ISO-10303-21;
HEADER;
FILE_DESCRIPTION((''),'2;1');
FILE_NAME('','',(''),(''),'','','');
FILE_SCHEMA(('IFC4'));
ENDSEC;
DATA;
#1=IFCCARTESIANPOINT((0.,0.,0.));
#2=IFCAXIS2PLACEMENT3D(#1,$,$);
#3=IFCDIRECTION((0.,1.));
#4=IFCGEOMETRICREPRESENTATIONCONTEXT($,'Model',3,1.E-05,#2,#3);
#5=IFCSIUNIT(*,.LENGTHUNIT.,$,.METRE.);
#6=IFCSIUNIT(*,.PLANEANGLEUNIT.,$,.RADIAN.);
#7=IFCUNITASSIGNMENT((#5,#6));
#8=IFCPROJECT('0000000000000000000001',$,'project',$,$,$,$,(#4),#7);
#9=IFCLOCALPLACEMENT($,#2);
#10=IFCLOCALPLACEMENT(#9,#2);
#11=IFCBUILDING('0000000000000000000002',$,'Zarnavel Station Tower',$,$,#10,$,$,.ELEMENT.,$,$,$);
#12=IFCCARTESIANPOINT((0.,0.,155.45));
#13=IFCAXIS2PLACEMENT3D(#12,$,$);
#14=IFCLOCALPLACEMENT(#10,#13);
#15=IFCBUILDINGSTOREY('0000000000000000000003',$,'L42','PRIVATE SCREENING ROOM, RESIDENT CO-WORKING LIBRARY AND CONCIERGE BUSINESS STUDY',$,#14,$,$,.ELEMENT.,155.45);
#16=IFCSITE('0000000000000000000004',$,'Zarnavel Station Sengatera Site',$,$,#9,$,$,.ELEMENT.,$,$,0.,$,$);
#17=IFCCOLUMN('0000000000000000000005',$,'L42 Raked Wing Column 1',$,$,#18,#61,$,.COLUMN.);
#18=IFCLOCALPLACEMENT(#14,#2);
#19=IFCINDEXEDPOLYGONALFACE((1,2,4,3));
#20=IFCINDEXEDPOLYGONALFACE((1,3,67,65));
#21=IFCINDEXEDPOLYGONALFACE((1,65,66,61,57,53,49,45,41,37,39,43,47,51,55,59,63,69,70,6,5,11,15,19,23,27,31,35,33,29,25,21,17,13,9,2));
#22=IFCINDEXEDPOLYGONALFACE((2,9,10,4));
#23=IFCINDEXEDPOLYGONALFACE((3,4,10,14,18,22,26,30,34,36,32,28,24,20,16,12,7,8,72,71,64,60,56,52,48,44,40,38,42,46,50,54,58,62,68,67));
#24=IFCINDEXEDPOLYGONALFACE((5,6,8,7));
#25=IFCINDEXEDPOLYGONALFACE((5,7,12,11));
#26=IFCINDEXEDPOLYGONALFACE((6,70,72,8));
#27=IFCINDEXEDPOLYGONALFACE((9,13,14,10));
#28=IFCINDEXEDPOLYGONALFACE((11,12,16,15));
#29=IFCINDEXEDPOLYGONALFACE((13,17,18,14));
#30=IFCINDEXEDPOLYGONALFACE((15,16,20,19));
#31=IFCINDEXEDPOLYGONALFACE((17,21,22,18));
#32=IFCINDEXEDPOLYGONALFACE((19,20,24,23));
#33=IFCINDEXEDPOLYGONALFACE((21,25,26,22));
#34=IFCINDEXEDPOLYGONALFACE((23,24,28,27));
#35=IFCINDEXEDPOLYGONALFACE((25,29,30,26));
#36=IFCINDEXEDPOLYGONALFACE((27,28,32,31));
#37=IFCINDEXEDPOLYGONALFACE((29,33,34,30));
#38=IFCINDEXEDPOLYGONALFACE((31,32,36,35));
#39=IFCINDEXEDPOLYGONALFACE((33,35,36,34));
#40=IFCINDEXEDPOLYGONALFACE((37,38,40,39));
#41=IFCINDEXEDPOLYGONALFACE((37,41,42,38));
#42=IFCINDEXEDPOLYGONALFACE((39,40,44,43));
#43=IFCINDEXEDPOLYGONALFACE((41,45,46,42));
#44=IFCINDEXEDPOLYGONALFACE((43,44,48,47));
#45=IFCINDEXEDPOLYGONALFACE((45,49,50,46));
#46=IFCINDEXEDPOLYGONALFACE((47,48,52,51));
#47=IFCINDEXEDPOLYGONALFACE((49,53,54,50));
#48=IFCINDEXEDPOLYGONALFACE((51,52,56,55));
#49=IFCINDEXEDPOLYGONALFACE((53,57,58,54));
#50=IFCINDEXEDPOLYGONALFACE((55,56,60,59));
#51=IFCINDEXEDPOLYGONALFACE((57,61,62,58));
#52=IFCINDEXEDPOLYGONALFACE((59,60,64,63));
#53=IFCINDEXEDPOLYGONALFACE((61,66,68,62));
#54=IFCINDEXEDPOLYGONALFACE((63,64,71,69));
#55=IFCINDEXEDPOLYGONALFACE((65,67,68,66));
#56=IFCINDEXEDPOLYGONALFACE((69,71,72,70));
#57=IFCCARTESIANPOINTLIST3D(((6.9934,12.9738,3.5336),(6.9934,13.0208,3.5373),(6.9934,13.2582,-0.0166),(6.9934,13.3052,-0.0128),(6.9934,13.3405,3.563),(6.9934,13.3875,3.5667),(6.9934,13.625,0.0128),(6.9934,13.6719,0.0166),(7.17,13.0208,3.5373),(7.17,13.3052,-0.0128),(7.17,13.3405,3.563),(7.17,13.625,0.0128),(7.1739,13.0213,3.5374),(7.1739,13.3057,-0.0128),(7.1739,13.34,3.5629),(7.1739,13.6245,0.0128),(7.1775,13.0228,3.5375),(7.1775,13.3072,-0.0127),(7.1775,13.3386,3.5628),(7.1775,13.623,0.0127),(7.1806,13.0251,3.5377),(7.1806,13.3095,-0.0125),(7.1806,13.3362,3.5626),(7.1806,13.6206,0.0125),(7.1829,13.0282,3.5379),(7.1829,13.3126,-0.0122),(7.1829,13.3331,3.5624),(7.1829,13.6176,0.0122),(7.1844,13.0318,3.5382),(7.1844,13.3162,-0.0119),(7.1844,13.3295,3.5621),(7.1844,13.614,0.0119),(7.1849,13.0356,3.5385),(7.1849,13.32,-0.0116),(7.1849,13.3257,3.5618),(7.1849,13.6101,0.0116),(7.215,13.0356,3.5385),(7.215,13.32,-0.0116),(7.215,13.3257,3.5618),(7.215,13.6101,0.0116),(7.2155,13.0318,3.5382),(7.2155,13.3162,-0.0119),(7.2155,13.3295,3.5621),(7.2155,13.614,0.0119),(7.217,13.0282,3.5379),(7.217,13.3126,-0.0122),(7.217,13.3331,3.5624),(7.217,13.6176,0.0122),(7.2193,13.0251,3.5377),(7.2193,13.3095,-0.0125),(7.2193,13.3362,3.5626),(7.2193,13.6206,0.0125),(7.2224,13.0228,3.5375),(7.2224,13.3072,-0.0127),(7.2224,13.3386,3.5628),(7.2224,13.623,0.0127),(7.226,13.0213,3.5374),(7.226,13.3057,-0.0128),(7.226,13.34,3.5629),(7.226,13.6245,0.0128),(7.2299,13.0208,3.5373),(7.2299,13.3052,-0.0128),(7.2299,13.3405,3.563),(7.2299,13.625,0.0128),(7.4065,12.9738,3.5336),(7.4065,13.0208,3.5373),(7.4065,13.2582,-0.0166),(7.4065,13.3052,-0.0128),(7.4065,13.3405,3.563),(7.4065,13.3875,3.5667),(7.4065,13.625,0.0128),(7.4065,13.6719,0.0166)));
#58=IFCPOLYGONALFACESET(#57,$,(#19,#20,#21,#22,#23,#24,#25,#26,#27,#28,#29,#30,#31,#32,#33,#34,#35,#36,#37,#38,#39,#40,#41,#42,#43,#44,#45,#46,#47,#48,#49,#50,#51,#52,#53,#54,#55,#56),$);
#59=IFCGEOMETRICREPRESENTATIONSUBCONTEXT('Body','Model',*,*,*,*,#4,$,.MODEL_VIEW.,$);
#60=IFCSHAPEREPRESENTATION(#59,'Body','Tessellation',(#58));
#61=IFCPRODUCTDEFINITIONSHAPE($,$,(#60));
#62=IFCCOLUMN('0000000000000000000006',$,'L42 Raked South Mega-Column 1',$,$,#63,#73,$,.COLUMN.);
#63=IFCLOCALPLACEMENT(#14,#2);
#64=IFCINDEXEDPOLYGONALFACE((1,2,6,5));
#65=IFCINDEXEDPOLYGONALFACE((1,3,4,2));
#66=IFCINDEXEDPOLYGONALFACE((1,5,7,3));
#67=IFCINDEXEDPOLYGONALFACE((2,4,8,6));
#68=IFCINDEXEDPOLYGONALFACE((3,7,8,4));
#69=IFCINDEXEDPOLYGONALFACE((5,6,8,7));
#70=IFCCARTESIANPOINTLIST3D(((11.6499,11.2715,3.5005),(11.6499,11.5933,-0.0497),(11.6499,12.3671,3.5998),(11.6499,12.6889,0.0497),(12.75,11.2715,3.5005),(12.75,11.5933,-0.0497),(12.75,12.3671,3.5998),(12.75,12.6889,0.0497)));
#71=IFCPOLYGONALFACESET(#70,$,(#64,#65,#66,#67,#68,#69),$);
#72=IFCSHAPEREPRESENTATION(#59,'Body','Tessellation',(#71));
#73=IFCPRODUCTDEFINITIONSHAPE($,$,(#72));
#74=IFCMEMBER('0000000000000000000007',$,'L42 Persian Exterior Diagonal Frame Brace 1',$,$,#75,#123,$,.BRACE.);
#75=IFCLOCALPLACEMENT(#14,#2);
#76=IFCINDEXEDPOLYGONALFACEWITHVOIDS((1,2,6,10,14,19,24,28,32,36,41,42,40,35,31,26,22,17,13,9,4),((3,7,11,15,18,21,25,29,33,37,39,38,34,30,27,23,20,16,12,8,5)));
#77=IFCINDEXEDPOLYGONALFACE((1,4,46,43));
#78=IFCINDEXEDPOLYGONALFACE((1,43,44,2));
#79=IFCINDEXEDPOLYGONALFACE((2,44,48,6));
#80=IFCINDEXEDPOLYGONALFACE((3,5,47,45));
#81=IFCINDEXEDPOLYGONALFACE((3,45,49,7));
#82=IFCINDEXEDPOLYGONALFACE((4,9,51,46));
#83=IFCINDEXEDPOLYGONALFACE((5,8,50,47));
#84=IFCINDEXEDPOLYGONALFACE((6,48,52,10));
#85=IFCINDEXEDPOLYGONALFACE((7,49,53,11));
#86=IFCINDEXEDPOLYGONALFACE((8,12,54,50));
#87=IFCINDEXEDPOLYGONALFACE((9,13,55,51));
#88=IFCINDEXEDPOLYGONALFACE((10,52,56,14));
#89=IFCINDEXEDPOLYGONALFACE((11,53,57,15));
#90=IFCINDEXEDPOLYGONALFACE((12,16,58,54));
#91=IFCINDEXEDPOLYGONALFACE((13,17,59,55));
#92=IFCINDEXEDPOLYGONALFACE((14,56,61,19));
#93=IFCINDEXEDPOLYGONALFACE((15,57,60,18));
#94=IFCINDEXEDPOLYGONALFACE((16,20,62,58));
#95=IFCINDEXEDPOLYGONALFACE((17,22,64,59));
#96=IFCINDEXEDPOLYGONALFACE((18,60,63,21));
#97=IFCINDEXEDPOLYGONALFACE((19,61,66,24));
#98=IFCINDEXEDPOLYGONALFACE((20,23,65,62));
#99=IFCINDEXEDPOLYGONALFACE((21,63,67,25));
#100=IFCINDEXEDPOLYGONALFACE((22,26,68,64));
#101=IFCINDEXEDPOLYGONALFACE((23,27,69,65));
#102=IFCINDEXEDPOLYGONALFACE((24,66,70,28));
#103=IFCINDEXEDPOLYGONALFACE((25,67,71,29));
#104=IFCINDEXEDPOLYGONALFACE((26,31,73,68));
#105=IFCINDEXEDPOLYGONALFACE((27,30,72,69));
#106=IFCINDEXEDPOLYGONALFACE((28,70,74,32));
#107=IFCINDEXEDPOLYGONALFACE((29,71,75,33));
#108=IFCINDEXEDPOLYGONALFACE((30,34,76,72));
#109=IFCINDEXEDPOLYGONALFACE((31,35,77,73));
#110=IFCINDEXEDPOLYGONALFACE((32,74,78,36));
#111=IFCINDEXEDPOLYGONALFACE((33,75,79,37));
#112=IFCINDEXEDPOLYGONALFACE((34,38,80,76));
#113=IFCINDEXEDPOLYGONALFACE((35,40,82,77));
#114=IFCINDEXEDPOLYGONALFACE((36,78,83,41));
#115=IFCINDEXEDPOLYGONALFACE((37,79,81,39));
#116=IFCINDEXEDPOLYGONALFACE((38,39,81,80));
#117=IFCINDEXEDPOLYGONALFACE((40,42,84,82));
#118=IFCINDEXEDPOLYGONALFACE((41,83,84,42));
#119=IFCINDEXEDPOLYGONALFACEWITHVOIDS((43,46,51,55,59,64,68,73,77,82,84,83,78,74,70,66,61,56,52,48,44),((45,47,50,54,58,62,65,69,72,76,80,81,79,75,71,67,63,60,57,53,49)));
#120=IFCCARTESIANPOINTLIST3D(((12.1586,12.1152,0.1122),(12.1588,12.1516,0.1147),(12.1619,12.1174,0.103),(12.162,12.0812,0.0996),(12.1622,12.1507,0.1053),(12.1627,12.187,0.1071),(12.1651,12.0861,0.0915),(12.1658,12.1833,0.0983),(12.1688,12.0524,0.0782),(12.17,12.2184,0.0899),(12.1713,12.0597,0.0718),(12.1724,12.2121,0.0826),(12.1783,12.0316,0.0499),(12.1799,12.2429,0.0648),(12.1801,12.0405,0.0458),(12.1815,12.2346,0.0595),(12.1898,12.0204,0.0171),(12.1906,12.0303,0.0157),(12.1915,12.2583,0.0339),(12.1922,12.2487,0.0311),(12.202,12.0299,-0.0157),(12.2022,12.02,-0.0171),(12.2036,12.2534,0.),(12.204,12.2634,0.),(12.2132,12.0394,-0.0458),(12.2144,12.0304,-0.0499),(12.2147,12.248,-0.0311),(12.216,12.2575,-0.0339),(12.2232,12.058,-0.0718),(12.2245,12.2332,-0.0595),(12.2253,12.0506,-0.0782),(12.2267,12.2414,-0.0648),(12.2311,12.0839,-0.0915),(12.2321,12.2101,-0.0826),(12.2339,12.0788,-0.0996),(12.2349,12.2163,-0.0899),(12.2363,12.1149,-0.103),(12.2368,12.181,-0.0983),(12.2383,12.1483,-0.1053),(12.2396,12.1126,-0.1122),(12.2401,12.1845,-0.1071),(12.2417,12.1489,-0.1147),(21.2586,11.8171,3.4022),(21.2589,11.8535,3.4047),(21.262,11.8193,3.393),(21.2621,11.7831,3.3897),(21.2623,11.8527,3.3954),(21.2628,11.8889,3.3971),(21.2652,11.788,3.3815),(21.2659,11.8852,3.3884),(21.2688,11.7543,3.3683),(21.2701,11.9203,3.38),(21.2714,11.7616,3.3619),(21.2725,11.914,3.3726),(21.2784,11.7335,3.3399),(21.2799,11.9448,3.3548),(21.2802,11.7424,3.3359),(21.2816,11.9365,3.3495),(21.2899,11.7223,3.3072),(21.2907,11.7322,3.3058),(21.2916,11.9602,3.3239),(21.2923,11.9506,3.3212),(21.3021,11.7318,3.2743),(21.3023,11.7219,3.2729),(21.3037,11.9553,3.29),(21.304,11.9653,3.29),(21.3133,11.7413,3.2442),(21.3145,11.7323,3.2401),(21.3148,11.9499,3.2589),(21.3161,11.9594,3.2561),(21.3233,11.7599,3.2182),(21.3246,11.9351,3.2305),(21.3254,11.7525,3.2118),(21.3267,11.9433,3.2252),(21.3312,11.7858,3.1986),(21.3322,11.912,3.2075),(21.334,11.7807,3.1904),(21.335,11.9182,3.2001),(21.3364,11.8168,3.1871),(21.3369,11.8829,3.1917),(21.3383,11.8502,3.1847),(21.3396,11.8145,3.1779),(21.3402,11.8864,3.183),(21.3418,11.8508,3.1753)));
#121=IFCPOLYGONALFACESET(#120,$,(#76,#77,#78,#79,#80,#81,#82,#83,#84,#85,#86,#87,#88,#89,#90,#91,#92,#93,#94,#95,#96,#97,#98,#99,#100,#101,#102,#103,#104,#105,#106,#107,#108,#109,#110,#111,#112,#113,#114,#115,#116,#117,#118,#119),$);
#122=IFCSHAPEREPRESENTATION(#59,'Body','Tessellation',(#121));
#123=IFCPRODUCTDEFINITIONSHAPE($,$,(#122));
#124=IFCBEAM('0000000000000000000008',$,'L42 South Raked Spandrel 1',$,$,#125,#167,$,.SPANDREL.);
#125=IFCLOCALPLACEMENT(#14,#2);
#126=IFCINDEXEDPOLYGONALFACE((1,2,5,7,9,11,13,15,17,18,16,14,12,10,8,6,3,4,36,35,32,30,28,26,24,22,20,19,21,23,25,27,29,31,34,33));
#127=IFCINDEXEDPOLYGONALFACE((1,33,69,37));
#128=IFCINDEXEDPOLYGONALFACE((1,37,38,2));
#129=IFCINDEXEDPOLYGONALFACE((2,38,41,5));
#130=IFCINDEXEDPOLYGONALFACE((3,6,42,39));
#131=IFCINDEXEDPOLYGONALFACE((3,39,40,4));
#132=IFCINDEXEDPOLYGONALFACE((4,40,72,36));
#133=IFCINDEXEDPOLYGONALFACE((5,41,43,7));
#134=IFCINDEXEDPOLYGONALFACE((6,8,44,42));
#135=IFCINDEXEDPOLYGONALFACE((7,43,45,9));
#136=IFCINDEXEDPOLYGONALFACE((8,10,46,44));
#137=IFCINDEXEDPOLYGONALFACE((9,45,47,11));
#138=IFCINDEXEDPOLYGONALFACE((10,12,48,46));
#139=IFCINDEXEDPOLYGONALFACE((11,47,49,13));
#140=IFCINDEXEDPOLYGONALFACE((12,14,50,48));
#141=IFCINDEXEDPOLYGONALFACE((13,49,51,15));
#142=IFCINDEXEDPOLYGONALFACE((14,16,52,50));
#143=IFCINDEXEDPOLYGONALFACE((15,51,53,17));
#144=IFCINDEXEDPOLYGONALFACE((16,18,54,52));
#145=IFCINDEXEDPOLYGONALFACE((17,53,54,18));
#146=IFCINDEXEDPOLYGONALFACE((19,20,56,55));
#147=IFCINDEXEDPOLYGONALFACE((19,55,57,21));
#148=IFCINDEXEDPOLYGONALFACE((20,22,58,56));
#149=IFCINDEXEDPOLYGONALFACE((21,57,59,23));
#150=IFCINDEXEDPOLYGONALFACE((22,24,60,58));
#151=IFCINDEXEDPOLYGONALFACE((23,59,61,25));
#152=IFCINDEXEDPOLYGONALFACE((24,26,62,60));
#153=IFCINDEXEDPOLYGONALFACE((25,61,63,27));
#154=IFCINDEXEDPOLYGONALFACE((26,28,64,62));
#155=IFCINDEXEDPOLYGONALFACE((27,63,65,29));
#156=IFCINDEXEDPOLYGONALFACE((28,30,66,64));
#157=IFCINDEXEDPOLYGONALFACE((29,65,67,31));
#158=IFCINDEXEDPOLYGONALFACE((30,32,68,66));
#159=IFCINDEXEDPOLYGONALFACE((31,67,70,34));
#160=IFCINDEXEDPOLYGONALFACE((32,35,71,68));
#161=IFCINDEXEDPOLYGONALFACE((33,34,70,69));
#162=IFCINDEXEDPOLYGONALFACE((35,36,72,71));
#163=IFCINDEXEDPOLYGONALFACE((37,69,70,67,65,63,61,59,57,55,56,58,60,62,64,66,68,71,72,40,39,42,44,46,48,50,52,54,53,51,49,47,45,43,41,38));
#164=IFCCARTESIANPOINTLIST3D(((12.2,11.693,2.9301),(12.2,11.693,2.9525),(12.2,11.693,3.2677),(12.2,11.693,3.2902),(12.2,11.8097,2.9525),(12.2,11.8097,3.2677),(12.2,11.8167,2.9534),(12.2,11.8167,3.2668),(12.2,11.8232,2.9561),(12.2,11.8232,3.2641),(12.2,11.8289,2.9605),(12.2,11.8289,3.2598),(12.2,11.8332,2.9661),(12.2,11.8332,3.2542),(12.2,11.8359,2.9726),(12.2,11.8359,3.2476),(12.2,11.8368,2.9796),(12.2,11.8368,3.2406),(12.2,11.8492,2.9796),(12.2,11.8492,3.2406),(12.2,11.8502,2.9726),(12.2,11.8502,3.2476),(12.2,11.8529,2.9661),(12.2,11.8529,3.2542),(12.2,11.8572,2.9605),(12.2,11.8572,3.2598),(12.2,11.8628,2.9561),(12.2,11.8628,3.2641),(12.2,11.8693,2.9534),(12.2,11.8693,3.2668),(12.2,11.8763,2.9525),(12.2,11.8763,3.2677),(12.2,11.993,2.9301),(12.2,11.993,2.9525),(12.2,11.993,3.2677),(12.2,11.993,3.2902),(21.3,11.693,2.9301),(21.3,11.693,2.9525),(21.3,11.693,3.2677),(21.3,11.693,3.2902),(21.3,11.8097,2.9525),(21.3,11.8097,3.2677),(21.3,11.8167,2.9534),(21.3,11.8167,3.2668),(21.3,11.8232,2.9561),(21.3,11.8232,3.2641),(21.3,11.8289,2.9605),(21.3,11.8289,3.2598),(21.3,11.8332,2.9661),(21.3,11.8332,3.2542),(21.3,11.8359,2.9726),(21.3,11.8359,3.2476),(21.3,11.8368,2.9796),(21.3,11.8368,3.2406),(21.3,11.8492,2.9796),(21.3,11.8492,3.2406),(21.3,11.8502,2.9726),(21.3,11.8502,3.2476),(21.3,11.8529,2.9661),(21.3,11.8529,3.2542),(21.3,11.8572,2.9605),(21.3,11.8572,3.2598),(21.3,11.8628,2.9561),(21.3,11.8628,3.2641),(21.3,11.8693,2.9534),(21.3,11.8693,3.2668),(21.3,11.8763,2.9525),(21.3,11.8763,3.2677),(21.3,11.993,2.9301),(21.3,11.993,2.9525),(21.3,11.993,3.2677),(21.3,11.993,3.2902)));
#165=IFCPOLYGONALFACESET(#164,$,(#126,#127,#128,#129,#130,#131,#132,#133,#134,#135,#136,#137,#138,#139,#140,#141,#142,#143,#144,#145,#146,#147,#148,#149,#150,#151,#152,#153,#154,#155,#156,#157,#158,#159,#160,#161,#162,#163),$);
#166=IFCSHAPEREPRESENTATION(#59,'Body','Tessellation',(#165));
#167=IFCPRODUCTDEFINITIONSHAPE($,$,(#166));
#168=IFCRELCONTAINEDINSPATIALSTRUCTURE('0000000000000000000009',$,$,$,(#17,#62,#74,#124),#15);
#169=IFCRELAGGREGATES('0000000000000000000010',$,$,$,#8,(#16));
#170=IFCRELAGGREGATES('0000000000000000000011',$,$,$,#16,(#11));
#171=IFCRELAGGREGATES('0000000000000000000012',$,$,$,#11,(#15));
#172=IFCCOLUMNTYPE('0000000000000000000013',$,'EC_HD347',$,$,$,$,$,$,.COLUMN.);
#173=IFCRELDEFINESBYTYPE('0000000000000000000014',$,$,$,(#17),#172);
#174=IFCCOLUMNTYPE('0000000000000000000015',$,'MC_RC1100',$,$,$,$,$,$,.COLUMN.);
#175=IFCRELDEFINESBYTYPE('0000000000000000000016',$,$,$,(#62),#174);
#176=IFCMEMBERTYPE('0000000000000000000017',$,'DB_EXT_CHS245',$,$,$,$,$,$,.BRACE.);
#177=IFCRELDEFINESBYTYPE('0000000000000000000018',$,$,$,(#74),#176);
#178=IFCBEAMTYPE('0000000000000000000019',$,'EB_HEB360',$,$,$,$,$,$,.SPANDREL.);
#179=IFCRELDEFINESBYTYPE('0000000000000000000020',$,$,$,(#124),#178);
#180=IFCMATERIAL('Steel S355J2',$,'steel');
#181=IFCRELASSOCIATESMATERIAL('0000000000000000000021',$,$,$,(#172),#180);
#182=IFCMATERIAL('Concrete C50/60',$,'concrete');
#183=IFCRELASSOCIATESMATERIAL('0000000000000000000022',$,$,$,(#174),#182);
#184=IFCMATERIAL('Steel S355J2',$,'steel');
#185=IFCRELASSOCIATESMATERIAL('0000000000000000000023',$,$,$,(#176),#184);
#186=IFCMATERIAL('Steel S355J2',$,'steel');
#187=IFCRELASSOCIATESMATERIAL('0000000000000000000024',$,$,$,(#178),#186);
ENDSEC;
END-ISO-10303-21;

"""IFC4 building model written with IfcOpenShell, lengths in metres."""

from ifc_helpers import new_model, si_unit, direction, frame, origin, origin_2d, place, context, subcontext, project, spatial, rectangle, hollow_circle, i_section, extrude, material, material_profile, profile_set, type_object, element, save


model = new_model("IFC4")

# Units and contexts
model_context = context("Model", 3, precision=1e-05, world=origin(), true_north=direction((0.0, 1.0)))
body_context = subcontext(model_context, "Body", "Model", "MODEL_VIEW")
ifc_project = project(units=[si_unit("LENGTHUNIT", "METRE"), si_unit("PLANEANGLEUNIT", "RADIAN")], contexts=[model_context])

# Site, building, storey
site_placement = place(None, origin())
site = spatial("IfcSite", under=ifc_project, at=site_placement, Name="Zarnavel Station Sengatera Site", CompositionType="ELEMENT", RefElevation=0.0)
building_placement = place(site_placement, origin())
building = spatial("IfcBuilding", under=site, at=building_placement, Name="Zarnavel Station Tower", CompositionType="ELEMENT")
storey_placement = place(building_placement, frame((0.0, 0.0, 155.45)))
storey = spatial("IfcBuildingStorey", under=building, at=storey_placement, Name="L42", Description="PRIVATE SCREENING ROOM, RESIDENT CO-WORKING LIBRARY AND CONCIERGE BUSINESS STUDY", CompositionType="ELEMENT", Elevation=155.45)

# Columns
ifc_material_1 = material(Name="Steel S355J2", Category="steel")
ifc_material_profile_1 = material_profile(ifc_material_1, i_section(OverallWidth=0.4131, OverallDepth=0.415, WebThickness=0.03, FlangeThickness=0.0471, FilletRadius=0.0149, at=origin_2d()), Name="HD400x347")
ifc_profile_set_1 = profile_set([ifc_material_profile_1], Name="Steel S355J2")
column_type_1 = type_object("IfcColumnType", Name="EC_HD347", PredefinedType="COLUMN", material=ifc_profile_set_1)
column_1_placement = place(storey_placement, frame((7.2, 13.4651, 0.0), z_axis=(0.0, -0.079862, 0.996806), x_axis=(1.0, 0.0, 0.0)))
element("IfcColumn", 1, at=column_1_placement, inside=storey, type_object=column_type_1, Name="L42 Raked Wing Column 1", PredefinedType="COLUMN", context=body_context, shape_type="SweptSolid", body=[
    extrude(i_section(OverallWidth=0.4131, OverallDepth=0.415, WebThickness=0.03, FlangeThickness=0.0471, FilletRadius=0.0149, at=origin_2d()), origin(), (0.0, 0.0, 1.0), 3.5615),
])
ifc_material_2 = material(Name="Concrete C50/60", Category="concrete")
ifc_material_profile_2 = material_profile(ifc_material_2, rectangle(XDim=1.1001, YDim=1.1001, at=origin_2d()), Name="RC1100x1100")
ifc_profile_set_2 = profile_set([ifc_material_profile_2], Name="Concrete C50/60")
column_type_2 = type_object("IfcColumnType", Name="MC_RC1100", PredefinedType="COLUMN", material=ifc_profile_set_2)
column_2_placement = place(storey_placement, frame((12.2, 12.1411, 0.0), z_axis=(0.0, -0.09027, 0.995917), x_axis=(1.0, 0.0, 0.0)))
element("IfcColumn", 2, at=column_2_placement, inside=storey, type_object=column_type_2, Name="L42 Raked South Mega-Column 1", PredefinedType="COLUMN", context=body_context, shape_type="SweptSolid", body=[
    extrude(rectangle(XDim=1.1001, YDim=1.1001, at=origin_2d()), origin(), (0.0, 0.0, 1.0), 3.5647),
])

# Member
ifc_material_3 = material(Name="Steel S355J2", Category="steel")
ifc_material_profile_3 = material_profile(ifc_material_3, hollow_circle(Radius=0.1223, WallThickness=0.01, at=origin_2d()), Name="CHS244.5x10")
ifc_profile_set_3 = profile_set([ifc_material_profile_3], Name="Steel S355J2")
member_type = type_object("IfcMemberType", Name="DB_EXT_CHS245", PredefinedType="BRACE", material=ifc_profile_set_3)
member_placement = place(storey_placement, frame((12.2, 12.1411, 0.0), z_axis=(0.939979, -0.030791, 0.339839), x_axis=(0.03274, 0.999464, 0.0)))
element("IfcMember", 3, at=member_placement, inside=storey, type_object=member_type, Name="L42 Persian Exterior Diagonal Frame Brace 1", PredefinedType="BRACE", context=body_context, shape_type="SweptSolid", body=[
    extrude(hollow_circle(Radius=0.1223, WallThickness=0.01, at=origin_2d()), origin(), (0.0, 0.0, 1.0), 9.6812),
])

# Beam
ifc_material_4 = material(Name="Steel S355J2", Category="steel")
ifc_material_profile_4 = material_profile(ifc_material_4, i_section(OverallWidth=0.3, OverallDepth=0.3601, WebThickness=0.0125, FlangeThickness=0.0225, FilletRadius=0.0271, at=origin_2d()), Name="HEB360")
ifc_profile_set_4 = profile_set([ifc_material_profile_4], Name="Steel S355J2")
beam_type_1 = type_object("IfcBeamType", Name="EB_HEB360", PredefinedType="SPANDREL", material=ifc_profile_set_4)
beam_1_placement = place(storey_placement, frame((12.2, 11.843, 3.1101), z_axis=(1.0, 0.0, 0.0), x_axis=(0.0, 1.0, 0.0)))
element("IfcBeam", 4, at=beam_1_placement, inside=storey, type_object=beam_type_1, Name="L42 South Raked Spandrel 1", PredefinedType="SPANDREL", context=body_context, shape_type="SweptSolid", body=[
    extrude(i_section(OverallWidth=0.3, OverallDepth=0.3601, WebThickness=0.0125, FlangeThickness=0.0225, FilletRadius=0.0271, at=origin_2d()), origin(), (0.0, 0.0, 1.0), 9.1001),
])

save(model, "model.ifc")
